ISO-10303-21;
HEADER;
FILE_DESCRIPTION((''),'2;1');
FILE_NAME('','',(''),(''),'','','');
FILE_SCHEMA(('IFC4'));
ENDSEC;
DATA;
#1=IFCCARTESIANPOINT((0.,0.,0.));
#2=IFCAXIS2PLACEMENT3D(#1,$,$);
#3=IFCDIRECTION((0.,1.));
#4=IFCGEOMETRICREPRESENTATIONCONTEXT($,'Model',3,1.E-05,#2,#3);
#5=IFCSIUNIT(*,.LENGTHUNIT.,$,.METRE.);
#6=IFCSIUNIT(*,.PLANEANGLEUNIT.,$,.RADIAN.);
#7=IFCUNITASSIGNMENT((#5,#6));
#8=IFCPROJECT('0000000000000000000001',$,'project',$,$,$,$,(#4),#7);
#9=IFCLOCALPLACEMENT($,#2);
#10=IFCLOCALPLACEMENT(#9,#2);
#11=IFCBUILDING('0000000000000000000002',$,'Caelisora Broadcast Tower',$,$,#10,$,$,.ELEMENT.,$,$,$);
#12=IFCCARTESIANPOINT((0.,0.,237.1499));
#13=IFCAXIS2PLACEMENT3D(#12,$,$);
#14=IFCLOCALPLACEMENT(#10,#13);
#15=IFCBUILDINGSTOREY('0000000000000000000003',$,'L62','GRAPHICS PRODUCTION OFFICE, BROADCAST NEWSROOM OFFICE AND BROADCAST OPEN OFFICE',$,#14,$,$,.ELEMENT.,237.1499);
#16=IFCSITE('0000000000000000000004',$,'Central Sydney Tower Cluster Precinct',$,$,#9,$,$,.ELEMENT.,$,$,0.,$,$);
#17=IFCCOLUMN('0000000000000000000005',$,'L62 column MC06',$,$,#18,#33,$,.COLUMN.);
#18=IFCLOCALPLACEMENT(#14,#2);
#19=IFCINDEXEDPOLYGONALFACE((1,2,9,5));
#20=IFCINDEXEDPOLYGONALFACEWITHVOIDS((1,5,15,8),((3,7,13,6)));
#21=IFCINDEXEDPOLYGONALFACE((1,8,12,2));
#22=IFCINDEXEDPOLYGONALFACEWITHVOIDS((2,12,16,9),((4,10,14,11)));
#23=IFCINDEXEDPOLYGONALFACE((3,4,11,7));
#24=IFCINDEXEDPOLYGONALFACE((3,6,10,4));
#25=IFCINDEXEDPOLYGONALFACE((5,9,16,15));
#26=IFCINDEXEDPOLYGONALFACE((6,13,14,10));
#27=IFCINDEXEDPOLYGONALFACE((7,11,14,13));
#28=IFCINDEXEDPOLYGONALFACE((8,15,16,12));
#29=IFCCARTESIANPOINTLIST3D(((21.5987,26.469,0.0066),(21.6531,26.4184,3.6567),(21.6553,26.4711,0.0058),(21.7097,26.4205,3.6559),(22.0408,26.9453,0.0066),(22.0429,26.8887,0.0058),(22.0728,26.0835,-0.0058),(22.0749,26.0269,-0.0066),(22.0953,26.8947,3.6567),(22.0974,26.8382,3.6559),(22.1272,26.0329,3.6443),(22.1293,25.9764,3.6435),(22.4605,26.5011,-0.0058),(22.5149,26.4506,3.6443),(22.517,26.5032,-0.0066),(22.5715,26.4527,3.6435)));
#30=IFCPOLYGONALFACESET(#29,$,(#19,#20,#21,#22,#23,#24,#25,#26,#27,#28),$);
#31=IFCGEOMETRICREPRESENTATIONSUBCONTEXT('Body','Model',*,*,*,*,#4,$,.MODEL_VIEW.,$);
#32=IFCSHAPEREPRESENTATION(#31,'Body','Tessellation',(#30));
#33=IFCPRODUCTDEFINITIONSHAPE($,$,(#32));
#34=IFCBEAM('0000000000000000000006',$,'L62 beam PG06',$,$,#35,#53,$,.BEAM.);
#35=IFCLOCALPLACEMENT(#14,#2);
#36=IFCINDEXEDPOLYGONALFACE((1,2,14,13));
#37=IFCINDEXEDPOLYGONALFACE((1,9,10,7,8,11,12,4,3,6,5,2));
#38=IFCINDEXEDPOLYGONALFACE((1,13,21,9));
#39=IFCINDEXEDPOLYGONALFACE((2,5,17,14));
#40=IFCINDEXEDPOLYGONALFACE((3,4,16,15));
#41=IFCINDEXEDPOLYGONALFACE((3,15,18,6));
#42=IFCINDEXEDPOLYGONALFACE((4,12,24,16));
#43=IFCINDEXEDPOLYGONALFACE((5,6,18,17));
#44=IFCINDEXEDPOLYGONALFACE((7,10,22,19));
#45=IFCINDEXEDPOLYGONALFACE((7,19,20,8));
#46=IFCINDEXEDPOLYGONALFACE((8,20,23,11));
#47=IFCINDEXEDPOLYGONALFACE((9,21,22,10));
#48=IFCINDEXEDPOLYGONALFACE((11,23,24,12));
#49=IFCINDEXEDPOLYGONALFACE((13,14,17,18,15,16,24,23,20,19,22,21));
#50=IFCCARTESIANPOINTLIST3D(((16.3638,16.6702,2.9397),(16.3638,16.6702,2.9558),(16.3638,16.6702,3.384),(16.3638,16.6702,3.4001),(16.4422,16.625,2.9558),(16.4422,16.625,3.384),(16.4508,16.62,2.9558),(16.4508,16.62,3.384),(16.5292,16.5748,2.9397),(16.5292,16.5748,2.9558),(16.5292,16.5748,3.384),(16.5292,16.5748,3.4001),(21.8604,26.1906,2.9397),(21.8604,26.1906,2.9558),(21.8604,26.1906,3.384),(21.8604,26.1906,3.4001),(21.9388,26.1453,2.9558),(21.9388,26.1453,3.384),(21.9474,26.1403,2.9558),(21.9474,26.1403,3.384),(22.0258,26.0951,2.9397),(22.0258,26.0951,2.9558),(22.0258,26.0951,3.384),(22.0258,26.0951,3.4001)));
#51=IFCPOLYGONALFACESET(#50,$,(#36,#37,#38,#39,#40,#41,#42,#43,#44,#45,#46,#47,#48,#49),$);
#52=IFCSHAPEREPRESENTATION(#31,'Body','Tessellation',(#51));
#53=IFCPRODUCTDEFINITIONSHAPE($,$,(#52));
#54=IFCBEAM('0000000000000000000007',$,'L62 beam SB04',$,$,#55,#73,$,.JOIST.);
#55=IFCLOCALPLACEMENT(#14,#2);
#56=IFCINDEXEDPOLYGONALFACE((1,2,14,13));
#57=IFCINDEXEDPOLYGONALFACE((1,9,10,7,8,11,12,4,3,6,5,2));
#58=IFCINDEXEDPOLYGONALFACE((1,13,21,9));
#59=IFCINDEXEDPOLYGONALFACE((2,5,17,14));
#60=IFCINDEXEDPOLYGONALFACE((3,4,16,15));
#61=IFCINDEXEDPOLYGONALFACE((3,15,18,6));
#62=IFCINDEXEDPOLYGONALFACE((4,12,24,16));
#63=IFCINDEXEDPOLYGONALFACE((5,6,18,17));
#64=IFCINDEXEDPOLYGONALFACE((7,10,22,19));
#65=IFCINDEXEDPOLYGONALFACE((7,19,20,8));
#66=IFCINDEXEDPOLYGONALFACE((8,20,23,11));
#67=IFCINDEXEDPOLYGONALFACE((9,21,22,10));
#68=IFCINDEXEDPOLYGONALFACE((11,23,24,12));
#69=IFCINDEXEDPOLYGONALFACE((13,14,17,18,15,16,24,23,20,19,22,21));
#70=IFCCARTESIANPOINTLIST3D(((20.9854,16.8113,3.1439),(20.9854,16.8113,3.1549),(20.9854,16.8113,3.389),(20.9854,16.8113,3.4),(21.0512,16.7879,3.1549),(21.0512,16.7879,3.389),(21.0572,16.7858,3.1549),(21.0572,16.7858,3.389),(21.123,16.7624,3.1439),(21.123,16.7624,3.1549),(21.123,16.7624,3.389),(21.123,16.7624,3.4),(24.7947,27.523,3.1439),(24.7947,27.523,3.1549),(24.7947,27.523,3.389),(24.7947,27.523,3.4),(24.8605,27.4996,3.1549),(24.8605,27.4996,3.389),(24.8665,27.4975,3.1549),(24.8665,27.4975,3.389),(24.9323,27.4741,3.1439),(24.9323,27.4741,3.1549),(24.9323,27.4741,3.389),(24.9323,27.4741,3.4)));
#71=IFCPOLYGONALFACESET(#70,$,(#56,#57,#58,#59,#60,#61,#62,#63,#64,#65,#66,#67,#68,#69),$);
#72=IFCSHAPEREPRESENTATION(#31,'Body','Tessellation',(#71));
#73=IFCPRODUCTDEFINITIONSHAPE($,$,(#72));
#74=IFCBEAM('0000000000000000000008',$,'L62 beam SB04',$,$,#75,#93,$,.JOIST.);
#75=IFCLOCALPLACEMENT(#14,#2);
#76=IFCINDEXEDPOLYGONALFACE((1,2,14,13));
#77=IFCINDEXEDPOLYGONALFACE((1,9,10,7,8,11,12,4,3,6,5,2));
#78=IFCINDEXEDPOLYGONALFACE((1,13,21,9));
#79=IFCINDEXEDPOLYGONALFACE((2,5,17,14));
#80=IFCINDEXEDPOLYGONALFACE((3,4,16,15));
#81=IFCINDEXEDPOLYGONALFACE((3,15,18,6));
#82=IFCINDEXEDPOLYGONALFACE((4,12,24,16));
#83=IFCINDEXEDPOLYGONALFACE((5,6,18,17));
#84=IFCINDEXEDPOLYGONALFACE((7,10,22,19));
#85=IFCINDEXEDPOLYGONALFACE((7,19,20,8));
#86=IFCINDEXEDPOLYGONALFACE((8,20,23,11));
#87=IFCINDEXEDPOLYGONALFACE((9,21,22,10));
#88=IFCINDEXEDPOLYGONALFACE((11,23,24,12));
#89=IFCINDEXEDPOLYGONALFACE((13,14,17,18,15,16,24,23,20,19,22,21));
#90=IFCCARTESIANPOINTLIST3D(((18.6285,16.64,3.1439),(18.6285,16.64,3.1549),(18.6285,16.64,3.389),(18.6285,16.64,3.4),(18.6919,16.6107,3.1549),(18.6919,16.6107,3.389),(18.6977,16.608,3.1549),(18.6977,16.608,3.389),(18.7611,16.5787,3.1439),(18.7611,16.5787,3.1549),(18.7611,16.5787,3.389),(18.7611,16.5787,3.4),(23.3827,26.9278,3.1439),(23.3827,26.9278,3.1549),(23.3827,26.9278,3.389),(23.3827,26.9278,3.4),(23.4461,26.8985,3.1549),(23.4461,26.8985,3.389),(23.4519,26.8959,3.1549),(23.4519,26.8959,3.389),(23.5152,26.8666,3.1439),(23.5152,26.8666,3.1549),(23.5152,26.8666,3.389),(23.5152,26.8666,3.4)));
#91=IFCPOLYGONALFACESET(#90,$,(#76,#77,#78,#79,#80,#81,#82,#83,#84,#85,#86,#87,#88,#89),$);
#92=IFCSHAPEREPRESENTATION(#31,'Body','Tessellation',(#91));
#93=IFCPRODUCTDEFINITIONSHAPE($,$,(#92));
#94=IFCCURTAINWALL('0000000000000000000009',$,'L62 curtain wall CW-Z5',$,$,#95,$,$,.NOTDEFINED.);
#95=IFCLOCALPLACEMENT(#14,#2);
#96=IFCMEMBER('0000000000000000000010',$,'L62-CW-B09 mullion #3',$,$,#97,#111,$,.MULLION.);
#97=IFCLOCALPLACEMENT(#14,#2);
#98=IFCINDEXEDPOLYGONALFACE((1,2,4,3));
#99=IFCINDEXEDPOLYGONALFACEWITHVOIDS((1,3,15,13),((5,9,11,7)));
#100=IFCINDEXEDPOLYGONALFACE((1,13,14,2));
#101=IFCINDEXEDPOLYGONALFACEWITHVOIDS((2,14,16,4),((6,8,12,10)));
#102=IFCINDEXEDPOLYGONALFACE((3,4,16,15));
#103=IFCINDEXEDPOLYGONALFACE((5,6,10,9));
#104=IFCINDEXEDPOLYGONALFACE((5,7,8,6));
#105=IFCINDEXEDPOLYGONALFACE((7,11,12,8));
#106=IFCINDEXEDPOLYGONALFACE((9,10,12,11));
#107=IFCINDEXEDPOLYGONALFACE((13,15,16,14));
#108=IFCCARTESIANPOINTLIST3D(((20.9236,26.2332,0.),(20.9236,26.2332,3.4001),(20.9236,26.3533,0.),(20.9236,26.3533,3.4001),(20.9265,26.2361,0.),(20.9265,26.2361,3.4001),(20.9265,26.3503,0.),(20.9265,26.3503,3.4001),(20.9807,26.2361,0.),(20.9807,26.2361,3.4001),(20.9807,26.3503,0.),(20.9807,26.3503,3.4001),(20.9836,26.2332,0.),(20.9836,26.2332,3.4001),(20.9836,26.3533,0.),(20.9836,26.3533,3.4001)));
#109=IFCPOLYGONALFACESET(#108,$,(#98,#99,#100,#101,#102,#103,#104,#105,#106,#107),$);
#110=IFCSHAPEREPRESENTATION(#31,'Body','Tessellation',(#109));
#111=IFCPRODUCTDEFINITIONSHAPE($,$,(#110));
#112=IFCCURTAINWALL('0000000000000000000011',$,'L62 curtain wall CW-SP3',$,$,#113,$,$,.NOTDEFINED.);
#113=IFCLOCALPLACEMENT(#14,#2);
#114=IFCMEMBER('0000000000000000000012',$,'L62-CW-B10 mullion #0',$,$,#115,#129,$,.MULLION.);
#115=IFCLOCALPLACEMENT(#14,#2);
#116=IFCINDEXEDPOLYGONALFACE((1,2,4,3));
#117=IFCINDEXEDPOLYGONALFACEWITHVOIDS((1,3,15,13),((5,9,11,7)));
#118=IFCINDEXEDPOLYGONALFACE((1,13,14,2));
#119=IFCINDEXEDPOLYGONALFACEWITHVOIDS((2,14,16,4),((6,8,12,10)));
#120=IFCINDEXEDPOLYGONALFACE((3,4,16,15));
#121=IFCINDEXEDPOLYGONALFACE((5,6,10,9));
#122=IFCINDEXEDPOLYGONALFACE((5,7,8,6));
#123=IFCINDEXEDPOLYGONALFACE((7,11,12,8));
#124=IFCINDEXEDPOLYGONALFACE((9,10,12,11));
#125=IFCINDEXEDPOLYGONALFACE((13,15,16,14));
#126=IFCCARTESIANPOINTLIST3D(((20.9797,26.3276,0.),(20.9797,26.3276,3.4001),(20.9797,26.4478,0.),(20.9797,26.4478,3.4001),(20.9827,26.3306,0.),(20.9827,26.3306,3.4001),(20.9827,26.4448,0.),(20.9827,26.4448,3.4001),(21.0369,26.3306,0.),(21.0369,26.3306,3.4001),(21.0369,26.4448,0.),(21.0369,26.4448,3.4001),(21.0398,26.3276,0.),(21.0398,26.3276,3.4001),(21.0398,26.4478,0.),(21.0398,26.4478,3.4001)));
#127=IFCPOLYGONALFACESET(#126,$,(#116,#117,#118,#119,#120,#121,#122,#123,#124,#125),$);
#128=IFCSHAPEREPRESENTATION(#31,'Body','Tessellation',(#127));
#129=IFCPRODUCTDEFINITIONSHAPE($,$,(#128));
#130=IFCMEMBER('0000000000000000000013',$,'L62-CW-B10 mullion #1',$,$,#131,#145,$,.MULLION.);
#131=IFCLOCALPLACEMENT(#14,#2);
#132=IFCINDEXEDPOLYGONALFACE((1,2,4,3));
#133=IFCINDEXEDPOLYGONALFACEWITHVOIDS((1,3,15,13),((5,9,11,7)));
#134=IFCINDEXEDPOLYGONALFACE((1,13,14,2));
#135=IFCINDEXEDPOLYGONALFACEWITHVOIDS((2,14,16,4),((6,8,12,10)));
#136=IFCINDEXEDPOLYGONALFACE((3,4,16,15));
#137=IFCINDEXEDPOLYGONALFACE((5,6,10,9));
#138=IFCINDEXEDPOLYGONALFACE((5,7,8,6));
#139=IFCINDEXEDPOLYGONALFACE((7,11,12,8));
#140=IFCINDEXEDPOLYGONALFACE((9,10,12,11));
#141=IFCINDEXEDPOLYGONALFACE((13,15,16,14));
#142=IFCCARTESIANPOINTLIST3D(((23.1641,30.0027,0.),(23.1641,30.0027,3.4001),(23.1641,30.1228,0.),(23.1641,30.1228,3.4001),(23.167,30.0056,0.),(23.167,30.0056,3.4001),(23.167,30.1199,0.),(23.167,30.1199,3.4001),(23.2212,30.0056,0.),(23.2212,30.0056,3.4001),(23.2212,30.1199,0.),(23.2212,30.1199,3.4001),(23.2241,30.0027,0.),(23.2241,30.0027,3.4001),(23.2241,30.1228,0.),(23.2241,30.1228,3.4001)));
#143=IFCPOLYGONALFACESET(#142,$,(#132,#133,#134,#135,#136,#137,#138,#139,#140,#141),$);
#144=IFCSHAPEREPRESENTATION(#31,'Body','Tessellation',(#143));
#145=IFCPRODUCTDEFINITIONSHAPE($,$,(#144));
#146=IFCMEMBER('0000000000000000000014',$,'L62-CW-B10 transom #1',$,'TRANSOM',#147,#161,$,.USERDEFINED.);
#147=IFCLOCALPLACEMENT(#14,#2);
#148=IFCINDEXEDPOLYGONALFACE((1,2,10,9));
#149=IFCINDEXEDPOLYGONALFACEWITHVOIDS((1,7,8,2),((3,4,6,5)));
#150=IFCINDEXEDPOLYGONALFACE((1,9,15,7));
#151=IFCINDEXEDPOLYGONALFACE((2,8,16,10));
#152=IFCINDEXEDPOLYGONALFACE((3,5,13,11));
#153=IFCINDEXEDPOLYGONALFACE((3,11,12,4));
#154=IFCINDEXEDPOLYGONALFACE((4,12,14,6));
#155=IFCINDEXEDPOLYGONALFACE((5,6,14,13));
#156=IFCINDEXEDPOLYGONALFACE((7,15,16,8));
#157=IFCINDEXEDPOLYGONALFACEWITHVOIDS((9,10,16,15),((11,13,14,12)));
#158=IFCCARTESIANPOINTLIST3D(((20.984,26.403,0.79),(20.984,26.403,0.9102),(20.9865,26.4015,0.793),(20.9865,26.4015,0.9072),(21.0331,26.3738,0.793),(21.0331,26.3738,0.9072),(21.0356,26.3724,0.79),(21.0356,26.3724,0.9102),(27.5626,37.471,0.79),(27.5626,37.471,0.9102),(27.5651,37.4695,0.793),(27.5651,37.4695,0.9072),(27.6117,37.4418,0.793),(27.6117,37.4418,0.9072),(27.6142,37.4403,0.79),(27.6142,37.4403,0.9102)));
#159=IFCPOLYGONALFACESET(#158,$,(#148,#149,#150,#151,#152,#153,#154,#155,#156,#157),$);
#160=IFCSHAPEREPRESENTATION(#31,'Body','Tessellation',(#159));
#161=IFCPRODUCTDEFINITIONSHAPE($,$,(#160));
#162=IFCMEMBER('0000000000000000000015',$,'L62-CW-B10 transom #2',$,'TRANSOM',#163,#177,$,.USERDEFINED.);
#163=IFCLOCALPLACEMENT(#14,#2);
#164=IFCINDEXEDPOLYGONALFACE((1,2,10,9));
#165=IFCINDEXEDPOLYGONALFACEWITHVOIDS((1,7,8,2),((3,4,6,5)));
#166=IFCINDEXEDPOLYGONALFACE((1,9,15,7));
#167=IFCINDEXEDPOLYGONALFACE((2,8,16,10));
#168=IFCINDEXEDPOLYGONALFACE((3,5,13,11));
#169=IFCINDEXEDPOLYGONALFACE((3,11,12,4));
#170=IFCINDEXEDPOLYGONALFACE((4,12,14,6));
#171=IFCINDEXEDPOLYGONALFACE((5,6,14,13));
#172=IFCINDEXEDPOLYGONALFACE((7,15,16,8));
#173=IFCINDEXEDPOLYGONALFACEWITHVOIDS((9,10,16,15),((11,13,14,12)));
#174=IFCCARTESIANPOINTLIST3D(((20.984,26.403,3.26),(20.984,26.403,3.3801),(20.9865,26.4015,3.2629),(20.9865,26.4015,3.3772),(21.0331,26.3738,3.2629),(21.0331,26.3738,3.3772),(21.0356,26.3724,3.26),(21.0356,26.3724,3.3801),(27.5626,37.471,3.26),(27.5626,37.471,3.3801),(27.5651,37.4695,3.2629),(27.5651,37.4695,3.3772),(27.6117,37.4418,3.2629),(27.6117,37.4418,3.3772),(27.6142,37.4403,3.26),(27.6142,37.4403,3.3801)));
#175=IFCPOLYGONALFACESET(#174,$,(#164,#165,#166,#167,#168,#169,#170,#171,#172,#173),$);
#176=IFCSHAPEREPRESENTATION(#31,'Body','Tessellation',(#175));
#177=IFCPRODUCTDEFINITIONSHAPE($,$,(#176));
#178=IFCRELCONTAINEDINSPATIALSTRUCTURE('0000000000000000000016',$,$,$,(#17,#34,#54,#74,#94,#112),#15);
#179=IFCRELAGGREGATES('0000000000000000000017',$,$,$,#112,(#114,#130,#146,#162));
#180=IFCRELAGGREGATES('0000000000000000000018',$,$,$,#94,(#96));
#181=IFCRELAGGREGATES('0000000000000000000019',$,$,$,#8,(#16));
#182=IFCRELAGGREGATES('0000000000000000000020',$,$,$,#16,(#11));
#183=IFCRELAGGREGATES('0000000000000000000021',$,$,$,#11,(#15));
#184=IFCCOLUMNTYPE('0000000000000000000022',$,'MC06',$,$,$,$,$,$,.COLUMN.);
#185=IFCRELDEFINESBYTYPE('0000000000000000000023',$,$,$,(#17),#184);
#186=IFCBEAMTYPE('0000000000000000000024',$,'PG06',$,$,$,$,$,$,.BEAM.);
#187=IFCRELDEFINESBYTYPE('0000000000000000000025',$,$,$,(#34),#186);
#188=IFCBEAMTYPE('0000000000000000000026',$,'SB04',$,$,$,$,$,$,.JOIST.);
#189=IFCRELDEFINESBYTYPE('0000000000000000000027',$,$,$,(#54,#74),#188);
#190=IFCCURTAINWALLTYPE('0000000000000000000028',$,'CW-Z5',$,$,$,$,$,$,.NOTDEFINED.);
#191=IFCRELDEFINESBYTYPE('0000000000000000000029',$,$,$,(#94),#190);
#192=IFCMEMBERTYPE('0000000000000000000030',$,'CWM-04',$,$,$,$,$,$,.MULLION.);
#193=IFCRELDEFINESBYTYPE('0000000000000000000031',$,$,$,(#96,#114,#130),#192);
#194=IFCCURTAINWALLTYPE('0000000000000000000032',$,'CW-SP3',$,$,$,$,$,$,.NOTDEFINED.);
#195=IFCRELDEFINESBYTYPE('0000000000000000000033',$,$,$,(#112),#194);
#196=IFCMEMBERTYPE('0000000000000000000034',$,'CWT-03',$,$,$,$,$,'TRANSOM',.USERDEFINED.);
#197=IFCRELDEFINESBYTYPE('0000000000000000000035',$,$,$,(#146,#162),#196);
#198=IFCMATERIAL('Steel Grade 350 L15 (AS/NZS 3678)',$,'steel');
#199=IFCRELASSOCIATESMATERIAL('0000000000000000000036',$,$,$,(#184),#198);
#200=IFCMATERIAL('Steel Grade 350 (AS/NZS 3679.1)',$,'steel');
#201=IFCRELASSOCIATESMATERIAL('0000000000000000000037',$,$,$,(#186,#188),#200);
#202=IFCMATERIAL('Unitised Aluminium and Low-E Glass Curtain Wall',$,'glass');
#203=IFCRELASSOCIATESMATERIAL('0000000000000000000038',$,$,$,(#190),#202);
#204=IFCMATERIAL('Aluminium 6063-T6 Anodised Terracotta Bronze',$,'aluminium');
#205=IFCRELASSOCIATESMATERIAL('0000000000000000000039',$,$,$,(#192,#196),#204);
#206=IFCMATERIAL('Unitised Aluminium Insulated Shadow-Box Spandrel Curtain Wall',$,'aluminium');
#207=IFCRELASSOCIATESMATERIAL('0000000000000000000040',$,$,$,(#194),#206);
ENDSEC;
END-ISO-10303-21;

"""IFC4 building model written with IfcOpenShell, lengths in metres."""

from ifc_helpers import new_model, si_unit, direction, frame, origin, origin_2d, place, context, subcontext, project, spatial, hollow_rectangle, i_section, extrude, source, transform, mapped, material, material_profile, profile_set, type_object, type_shapes, element, aggregate, save


model = new_model("IFC4")

# Units and contexts
model_context = context("Model", 3, precision=1e-05, world=origin(), true_north=direction((0.0, 1.0)))
body_context = subcontext(model_context, "Body", "Model", "MODEL_VIEW")
ifc_project = project(units=[si_unit("LENGTHUNIT", "METRE"), si_unit("PLANEANGLEUNIT", "RADIAN")], contexts=[model_context])

# Site, building, storey
site_placement = place(None, origin())
site = spatial("IfcSite", under=ifc_project, at=site_placement, Name="Central Sydney Tower Cluster Precinct", CompositionType="ELEMENT", RefElevation=0.0)
building_placement = place(site_placement, origin())
building = spatial("IfcBuilding", under=site, at=building_placement, Name="Caelisora Broadcast Tower", CompositionType="ELEMENT")
storey_placement = place(building_placement, frame((0.0, 0.0, 237.1499)))
storey = spatial("IfcBuildingStorey", under=building, at=storey_placement, Name="L62", Description="GRAPHICS PRODUCTION OFFICE, BROADCAST NEWSROOM OFFICE AND BROADCAST OPEN OFFICE", CompositionType="ELEMENT", Elevation=237.1499)

# Column
ifc_material_1 = material(Name="Steel Grade 350 L15 (AS/NZS 3678)", Category="steel")
ifc_material_profile_1 = material_profile(ifc_material_1, hollow_rectangle(XDim=0.6499, YDim=0.6499, WallThickness=0.04, at=origin_2d()), Name="Steel Grade 350 L15 (AS/NZS 3678)")
ifc_profile_set_1 = profile_set([ifc_material_profile_1], Name="Steel Grade 350 L15 (AS/NZS 3678)")
column_type = type_object("IfcColumnType", Name="MC06", PredefinedType="COLUMN", material=ifc_profile_set_1)
shared_shape_1 = source(origin(), body_context, "Body", "SweptSolid", [
    extrude(hollow_rectangle(XDim=0.6499, YDim=0.6499, WallThickness=0.04, at=origin_2d()), origin(), (0.0, 0.0, 1.0), 3.6509),
])
type_shapes(column_type, [shared_shape_1])
column_placement = place(storey_placement, frame((22.0579, 26.4861, 0.0), z_axis=(0.014912, -0.013842, 0.999793), x_axis=(0.680325, 0.732911, 0.0)))
element("IfcColumn", 1, at=column_placement, inside=storey, type_object=column_type, Name="L62 column MC06", PredefinedType="COLUMN", context=body_context, shape_type="MappedRepresentation", body=[
    mapped(shared_shape_1, transform((0.0, 0.0, 0.0), scale=1.0)),
])

# Beams
ifc_material_2 = material(Name="Steel Grade 350 (AS/NZS 3679.1)", Category="steel")
ifc_material_profile_2 = material_profile(ifc_material_2, i_section(OverallWidth=0.1909, OverallDepth=0.4604, WebThickness=0.01, FlangeThickness=0.0161, at=origin_2d()), Name="Steel Grade 350 (AS/NZS 3679.1)")
ifc_profile_set_2 = profile_set([ifc_material_profile_2], Name="Steel Grade 350 (AS/NZS 3679.1)")
beam_type_1 = type_object("IfcBeamType", Name="PG06", PredefinedType="BEAM", material=ifc_profile_set_2)
shared_shape_2 = source(origin(), body_context, "Body", "SweptSolid", [
    extrude(i_section(OverallWidth=0.1909, OverallDepth=0.4604, WebThickness=0.01, FlangeThickness=0.0161, at=origin_2d()), origin(), (0.0, 0.0, 1.0), 10.9932),
])
type_shapes(beam_type_1, [shared_shape_2])
beam_1_placement = place(storey_placement, frame((21.9431, 26.1428, 3.1699), z_axis=(-0.500004, -0.866023, 0.0), x_axis=(0.866023, -0.500004, 0.0)))
element("IfcBeam", 2, at=beam_1_placement, inside=storey, type_object=beam_type_1, Name="L62 beam PG06", PredefinedType="BEAM", context=body_context, shape_type="MappedRepresentation", body=[
    mapped(shared_shape_2, transform((0.0, 0.0, 0.0), scale=1.0)),
])
ifc_material_profile_3 = material_profile(ifc_material_2, i_section(OverallWidth=0.146, OverallDepth=0.2561, WebThickness=0.0063, FlangeThickness=0.011, at=origin_2d()), Name="Steel Grade 350 (AS/NZS 3679.1)")
ifc_profile_set_3 = profile_set([ifc_material_profile_3], Name="Steel Grade 350 (AS/NZS 3679.1)")
beam_type_2 = type_object("IfcBeamType", Name="SB04", PredefinedType="JOIST", material=ifc_profile_set_3)
shared_shape_3 = source(origin(), body_context, "Body", "SweptSolid", [
    extrude(i_section(OverallWidth=0.146, OverallDepth=0.2561, WebThickness=0.0063, FlangeThickness=0.011, at=origin_2d()), origin(), (0.0, 0.0, 1.0), 11.3689),
])
beam_2_placement = place(storey_placement, frame((24.8635, 27.4985, 3.272), z_axis=(-0.335067, -0.942194, 0.0), x_axis=(0.942194, -0.335067, 0.0)))
element("IfcBeam", 3, at=beam_2_placement, inside=storey, type_object=beam_type_2, Name="L62 beam SB04", PredefinedType="JOIST", context=body_context, shape_type="MappedRepresentation", body=[
    mapped(shared_shape_3, transform((0.0, 0.0, 0.0), scale=1.0)),
])
shared_shape_4 = source(origin(), body_context, "Body", "SweptSolid", [
    extrude(i_section(OverallWidth=0.146, OverallDepth=0.2561, WebThickness=0.0063, FlangeThickness=0.011, at=origin_2d()), origin(), (0.0, 0.0, 1.0), 11.3333),
])
type_shapes(beam_type_2, [shared_shape_3, shared_shape_4])
beam_3_placement = place(storey_placement, frame((23.449, 26.8972, 3.272), z_axis=(-0.419488, -0.907761, 0.0), x_axis=(0.907761, -0.419488, 0.0)))
element("IfcBeam", 4, at=beam_3_placement, inside=storey, type_object=beam_type_2, Name="L62 beam SB04", PredefinedType="JOIST", context=body_context, shape_type="MappedRepresentation", body=[
    mapped(shared_shape_4, transform((0.0, 0.0, 0.0), scale=1.0)),
])

# Curtain wall, member
ifc_material_3 = material(Name="Unitised Aluminium and Low-E Glass Curtain Wall", Category="glass")
curtain_wall_type_1 = type_object("IfcCurtainWallType", Name="CW-Z5", PredefinedType="NOTDEFINED", material=ifc_material_3)
curtain_wall_1_placement = place(storey_placement, origin())
curtain_wall_1 = element("IfcCurtainWall", 5, at=curtain_wall_1_placement, inside=storey, type_object=curtain_wall_type_1, Name="L62 curtain wall CW-Z5", PredefinedType="NOTDEFINED")
ifc_material_4 = material(Name="Aluminium 6063-T6 Anodised Terracotta Bronze", Category="aluminium")
ifc_material_profile_4 = material_profile(ifc_material_4, hollow_rectangle(XDim=0.0601, YDim=0.1201, WallThickness=0.0029, at=origin_2d()), Name="Aluminium 6063-T6 Anodised Terracotta Bronze")
ifc_profile_set_4 = profile_set([ifc_material_profile_4], Name="Aluminium 6063-T6 Anodised Terracotta Bronze")
member_type_1 = type_object("IfcMemberType", Name="CWM-04", PredefinedType="MULLION", material=ifc_profile_set_4)
shared_shape_5 = source(origin(), body_context, "Body", "SweptSolid", [
    extrude(hollow_rectangle(XDim=0.0601, YDim=0.1201, WallThickness=0.0029, at=origin_2d()), origin(), (0.0, 0.0, 1.0), 3.4001),
])
type_shapes(member_type_1, [shared_shape_5])
member_1_placement = place(storey_placement, frame((20.9536, 26.2932, 0.0), z_axis=(0.0, 0.0, 1.0), x_axis=(1.0, 0.0, 0.0)))
member_1 = element("IfcMember", 6, at=member_1_placement, type_object=member_type_1, Name="L62-CW-B09 mullion #3", PredefinedType="MULLION", context=body_context, shape_type="MappedRepresentation", body=[
    mapped(shared_shape_5, transform((0.0, 0.0, 0.0), scale=1.0)),
])

# Curtain wall, members
ifc_material_5 = material(Name="Unitised Aluminium Insulated Shadow-Box Spandrel Curtain Wall", Category="aluminium")
curtain_wall_type_2 = type_object("IfcCurtainWallType", Name="CW-SP3", PredefinedType="NOTDEFINED", material=ifc_material_5)
curtain_wall_2_placement = place(storey_placement, origin())
curtain_wall_2 = element("IfcCurtainWall", 7, at=curtain_wall_2_placement, inside=storey, type_object=curtain_wall_type_2, Name="L62 curtain wall CW-SP3", PredefinedType="NOTDEFINED")
member_2_placement = place(storey_placement, frame((21.0098, 26.3877, 0.0), z_axis=(0.0, 0.0, 1.0), x_axis=(1.0, 0.0, 0.0)))
member_2 = element("IfcMember", 8, at=member_2_placement, type_object=member_type_1, Name="L62-CW-B10 mullion #0", PredefinedType="MULLION", context=body_context, shape_type="MappedRepresentation", body=[
    mapped(shared_shape_5, transform((0.0, 0.0, 0.0), scale=1.0)),
])
member_3_placement = place(storey_placement, frame((23.1941, 30.0627, 0.0), z_axis=(0.0, 0.0, 1.0), x_axis=(1.0, 0.0, 0.0)))
member_3 = element("IfcMember", 9, at=member_3_placement, type_object=member_type_1, Name="L62-CW-B10 mullion #1", PredefinedType="MULLION", context=body_context, shape_type="MappedRepresentation", body=[
    mapped(shared_shape_5, transform((0.0, 0.0, 0.0), scale=1.0)),
])
ifc_material_profile_5 = material_profile(ifc_material_4, hollow_rectangle(XDim=0.0601, YDim=0.1201, WallThickness=0.0029, at=origin_2d()), Name="Aluminium 6063-T6 Anodised Terracotta Bronze")
ifc_profile_set_5 = profile_set([ifc_material_profile_5], Name="Aluminium 6063-T6 Anodised Terracotta Bronze")
member_type_2 = type_object("IfcMemberType", Name="CWT-03", ElementType="TRANSOM", PredefinedType="USERDEFINED", material=ifc_profile_set_5)
shared_shape_6 = source(origin(), body_context, "Body", "SweptSolid", [
    extrude(hollow_rectangle(XDim=0.0601, YDim=0.1201, WallThickness=0.0029, at=origin_2d()), origin(), (0.0, 0.0, 1.0), 12.8755),
])
type_shapes(member_type_2, [shared_shape_6])
member_4_placement = place(storey_placement, frame((21.0098, 26.3877, 0.8501), z_axis=(0.510944, 0.859614, 0.0), x_axis=(-0.859614, 0.510944, 0.0)))
member_4 = element("IfcMember", 10, at=member_4_placement, type_object=member_type_2, Name="L62-CW-B10 transom #1", ObjectType="TRANSOM", PredefinedType="USERDEFINED", context=body_context, shape_type="MappedRepresentation", body=[
    mapped(shared_shape_6, transform((0.0, 0.0, 0.0), scale=1.0)),
])
member_5_placement = place(storey_placement, frame((21.0098, 26.3877, 3.3201), z_axis=(0.510944, 0.859614, 0.0), x_axis=(-0.859614, 0.510944, 0.0)))
member_5 = element("IfcMember", 11, at=member_5_placement, type_object=member_type_2, Name="L62-CW-B10 transom #2", ObjectType="TRANSOM", PredefinedType="USERDEFINED", context=body_context, shape_type="MappedRepresentation", body=[
    mapped(shared_shape_6, transform((0.0, 0.0, 0.0), scale=1.0)),
])

aggregate(curtain_wall_2, [member_2, member_3, member_4, member_5])
aggregate(curtain_wall_1, [member_1])

save(model, "model.ifc")
